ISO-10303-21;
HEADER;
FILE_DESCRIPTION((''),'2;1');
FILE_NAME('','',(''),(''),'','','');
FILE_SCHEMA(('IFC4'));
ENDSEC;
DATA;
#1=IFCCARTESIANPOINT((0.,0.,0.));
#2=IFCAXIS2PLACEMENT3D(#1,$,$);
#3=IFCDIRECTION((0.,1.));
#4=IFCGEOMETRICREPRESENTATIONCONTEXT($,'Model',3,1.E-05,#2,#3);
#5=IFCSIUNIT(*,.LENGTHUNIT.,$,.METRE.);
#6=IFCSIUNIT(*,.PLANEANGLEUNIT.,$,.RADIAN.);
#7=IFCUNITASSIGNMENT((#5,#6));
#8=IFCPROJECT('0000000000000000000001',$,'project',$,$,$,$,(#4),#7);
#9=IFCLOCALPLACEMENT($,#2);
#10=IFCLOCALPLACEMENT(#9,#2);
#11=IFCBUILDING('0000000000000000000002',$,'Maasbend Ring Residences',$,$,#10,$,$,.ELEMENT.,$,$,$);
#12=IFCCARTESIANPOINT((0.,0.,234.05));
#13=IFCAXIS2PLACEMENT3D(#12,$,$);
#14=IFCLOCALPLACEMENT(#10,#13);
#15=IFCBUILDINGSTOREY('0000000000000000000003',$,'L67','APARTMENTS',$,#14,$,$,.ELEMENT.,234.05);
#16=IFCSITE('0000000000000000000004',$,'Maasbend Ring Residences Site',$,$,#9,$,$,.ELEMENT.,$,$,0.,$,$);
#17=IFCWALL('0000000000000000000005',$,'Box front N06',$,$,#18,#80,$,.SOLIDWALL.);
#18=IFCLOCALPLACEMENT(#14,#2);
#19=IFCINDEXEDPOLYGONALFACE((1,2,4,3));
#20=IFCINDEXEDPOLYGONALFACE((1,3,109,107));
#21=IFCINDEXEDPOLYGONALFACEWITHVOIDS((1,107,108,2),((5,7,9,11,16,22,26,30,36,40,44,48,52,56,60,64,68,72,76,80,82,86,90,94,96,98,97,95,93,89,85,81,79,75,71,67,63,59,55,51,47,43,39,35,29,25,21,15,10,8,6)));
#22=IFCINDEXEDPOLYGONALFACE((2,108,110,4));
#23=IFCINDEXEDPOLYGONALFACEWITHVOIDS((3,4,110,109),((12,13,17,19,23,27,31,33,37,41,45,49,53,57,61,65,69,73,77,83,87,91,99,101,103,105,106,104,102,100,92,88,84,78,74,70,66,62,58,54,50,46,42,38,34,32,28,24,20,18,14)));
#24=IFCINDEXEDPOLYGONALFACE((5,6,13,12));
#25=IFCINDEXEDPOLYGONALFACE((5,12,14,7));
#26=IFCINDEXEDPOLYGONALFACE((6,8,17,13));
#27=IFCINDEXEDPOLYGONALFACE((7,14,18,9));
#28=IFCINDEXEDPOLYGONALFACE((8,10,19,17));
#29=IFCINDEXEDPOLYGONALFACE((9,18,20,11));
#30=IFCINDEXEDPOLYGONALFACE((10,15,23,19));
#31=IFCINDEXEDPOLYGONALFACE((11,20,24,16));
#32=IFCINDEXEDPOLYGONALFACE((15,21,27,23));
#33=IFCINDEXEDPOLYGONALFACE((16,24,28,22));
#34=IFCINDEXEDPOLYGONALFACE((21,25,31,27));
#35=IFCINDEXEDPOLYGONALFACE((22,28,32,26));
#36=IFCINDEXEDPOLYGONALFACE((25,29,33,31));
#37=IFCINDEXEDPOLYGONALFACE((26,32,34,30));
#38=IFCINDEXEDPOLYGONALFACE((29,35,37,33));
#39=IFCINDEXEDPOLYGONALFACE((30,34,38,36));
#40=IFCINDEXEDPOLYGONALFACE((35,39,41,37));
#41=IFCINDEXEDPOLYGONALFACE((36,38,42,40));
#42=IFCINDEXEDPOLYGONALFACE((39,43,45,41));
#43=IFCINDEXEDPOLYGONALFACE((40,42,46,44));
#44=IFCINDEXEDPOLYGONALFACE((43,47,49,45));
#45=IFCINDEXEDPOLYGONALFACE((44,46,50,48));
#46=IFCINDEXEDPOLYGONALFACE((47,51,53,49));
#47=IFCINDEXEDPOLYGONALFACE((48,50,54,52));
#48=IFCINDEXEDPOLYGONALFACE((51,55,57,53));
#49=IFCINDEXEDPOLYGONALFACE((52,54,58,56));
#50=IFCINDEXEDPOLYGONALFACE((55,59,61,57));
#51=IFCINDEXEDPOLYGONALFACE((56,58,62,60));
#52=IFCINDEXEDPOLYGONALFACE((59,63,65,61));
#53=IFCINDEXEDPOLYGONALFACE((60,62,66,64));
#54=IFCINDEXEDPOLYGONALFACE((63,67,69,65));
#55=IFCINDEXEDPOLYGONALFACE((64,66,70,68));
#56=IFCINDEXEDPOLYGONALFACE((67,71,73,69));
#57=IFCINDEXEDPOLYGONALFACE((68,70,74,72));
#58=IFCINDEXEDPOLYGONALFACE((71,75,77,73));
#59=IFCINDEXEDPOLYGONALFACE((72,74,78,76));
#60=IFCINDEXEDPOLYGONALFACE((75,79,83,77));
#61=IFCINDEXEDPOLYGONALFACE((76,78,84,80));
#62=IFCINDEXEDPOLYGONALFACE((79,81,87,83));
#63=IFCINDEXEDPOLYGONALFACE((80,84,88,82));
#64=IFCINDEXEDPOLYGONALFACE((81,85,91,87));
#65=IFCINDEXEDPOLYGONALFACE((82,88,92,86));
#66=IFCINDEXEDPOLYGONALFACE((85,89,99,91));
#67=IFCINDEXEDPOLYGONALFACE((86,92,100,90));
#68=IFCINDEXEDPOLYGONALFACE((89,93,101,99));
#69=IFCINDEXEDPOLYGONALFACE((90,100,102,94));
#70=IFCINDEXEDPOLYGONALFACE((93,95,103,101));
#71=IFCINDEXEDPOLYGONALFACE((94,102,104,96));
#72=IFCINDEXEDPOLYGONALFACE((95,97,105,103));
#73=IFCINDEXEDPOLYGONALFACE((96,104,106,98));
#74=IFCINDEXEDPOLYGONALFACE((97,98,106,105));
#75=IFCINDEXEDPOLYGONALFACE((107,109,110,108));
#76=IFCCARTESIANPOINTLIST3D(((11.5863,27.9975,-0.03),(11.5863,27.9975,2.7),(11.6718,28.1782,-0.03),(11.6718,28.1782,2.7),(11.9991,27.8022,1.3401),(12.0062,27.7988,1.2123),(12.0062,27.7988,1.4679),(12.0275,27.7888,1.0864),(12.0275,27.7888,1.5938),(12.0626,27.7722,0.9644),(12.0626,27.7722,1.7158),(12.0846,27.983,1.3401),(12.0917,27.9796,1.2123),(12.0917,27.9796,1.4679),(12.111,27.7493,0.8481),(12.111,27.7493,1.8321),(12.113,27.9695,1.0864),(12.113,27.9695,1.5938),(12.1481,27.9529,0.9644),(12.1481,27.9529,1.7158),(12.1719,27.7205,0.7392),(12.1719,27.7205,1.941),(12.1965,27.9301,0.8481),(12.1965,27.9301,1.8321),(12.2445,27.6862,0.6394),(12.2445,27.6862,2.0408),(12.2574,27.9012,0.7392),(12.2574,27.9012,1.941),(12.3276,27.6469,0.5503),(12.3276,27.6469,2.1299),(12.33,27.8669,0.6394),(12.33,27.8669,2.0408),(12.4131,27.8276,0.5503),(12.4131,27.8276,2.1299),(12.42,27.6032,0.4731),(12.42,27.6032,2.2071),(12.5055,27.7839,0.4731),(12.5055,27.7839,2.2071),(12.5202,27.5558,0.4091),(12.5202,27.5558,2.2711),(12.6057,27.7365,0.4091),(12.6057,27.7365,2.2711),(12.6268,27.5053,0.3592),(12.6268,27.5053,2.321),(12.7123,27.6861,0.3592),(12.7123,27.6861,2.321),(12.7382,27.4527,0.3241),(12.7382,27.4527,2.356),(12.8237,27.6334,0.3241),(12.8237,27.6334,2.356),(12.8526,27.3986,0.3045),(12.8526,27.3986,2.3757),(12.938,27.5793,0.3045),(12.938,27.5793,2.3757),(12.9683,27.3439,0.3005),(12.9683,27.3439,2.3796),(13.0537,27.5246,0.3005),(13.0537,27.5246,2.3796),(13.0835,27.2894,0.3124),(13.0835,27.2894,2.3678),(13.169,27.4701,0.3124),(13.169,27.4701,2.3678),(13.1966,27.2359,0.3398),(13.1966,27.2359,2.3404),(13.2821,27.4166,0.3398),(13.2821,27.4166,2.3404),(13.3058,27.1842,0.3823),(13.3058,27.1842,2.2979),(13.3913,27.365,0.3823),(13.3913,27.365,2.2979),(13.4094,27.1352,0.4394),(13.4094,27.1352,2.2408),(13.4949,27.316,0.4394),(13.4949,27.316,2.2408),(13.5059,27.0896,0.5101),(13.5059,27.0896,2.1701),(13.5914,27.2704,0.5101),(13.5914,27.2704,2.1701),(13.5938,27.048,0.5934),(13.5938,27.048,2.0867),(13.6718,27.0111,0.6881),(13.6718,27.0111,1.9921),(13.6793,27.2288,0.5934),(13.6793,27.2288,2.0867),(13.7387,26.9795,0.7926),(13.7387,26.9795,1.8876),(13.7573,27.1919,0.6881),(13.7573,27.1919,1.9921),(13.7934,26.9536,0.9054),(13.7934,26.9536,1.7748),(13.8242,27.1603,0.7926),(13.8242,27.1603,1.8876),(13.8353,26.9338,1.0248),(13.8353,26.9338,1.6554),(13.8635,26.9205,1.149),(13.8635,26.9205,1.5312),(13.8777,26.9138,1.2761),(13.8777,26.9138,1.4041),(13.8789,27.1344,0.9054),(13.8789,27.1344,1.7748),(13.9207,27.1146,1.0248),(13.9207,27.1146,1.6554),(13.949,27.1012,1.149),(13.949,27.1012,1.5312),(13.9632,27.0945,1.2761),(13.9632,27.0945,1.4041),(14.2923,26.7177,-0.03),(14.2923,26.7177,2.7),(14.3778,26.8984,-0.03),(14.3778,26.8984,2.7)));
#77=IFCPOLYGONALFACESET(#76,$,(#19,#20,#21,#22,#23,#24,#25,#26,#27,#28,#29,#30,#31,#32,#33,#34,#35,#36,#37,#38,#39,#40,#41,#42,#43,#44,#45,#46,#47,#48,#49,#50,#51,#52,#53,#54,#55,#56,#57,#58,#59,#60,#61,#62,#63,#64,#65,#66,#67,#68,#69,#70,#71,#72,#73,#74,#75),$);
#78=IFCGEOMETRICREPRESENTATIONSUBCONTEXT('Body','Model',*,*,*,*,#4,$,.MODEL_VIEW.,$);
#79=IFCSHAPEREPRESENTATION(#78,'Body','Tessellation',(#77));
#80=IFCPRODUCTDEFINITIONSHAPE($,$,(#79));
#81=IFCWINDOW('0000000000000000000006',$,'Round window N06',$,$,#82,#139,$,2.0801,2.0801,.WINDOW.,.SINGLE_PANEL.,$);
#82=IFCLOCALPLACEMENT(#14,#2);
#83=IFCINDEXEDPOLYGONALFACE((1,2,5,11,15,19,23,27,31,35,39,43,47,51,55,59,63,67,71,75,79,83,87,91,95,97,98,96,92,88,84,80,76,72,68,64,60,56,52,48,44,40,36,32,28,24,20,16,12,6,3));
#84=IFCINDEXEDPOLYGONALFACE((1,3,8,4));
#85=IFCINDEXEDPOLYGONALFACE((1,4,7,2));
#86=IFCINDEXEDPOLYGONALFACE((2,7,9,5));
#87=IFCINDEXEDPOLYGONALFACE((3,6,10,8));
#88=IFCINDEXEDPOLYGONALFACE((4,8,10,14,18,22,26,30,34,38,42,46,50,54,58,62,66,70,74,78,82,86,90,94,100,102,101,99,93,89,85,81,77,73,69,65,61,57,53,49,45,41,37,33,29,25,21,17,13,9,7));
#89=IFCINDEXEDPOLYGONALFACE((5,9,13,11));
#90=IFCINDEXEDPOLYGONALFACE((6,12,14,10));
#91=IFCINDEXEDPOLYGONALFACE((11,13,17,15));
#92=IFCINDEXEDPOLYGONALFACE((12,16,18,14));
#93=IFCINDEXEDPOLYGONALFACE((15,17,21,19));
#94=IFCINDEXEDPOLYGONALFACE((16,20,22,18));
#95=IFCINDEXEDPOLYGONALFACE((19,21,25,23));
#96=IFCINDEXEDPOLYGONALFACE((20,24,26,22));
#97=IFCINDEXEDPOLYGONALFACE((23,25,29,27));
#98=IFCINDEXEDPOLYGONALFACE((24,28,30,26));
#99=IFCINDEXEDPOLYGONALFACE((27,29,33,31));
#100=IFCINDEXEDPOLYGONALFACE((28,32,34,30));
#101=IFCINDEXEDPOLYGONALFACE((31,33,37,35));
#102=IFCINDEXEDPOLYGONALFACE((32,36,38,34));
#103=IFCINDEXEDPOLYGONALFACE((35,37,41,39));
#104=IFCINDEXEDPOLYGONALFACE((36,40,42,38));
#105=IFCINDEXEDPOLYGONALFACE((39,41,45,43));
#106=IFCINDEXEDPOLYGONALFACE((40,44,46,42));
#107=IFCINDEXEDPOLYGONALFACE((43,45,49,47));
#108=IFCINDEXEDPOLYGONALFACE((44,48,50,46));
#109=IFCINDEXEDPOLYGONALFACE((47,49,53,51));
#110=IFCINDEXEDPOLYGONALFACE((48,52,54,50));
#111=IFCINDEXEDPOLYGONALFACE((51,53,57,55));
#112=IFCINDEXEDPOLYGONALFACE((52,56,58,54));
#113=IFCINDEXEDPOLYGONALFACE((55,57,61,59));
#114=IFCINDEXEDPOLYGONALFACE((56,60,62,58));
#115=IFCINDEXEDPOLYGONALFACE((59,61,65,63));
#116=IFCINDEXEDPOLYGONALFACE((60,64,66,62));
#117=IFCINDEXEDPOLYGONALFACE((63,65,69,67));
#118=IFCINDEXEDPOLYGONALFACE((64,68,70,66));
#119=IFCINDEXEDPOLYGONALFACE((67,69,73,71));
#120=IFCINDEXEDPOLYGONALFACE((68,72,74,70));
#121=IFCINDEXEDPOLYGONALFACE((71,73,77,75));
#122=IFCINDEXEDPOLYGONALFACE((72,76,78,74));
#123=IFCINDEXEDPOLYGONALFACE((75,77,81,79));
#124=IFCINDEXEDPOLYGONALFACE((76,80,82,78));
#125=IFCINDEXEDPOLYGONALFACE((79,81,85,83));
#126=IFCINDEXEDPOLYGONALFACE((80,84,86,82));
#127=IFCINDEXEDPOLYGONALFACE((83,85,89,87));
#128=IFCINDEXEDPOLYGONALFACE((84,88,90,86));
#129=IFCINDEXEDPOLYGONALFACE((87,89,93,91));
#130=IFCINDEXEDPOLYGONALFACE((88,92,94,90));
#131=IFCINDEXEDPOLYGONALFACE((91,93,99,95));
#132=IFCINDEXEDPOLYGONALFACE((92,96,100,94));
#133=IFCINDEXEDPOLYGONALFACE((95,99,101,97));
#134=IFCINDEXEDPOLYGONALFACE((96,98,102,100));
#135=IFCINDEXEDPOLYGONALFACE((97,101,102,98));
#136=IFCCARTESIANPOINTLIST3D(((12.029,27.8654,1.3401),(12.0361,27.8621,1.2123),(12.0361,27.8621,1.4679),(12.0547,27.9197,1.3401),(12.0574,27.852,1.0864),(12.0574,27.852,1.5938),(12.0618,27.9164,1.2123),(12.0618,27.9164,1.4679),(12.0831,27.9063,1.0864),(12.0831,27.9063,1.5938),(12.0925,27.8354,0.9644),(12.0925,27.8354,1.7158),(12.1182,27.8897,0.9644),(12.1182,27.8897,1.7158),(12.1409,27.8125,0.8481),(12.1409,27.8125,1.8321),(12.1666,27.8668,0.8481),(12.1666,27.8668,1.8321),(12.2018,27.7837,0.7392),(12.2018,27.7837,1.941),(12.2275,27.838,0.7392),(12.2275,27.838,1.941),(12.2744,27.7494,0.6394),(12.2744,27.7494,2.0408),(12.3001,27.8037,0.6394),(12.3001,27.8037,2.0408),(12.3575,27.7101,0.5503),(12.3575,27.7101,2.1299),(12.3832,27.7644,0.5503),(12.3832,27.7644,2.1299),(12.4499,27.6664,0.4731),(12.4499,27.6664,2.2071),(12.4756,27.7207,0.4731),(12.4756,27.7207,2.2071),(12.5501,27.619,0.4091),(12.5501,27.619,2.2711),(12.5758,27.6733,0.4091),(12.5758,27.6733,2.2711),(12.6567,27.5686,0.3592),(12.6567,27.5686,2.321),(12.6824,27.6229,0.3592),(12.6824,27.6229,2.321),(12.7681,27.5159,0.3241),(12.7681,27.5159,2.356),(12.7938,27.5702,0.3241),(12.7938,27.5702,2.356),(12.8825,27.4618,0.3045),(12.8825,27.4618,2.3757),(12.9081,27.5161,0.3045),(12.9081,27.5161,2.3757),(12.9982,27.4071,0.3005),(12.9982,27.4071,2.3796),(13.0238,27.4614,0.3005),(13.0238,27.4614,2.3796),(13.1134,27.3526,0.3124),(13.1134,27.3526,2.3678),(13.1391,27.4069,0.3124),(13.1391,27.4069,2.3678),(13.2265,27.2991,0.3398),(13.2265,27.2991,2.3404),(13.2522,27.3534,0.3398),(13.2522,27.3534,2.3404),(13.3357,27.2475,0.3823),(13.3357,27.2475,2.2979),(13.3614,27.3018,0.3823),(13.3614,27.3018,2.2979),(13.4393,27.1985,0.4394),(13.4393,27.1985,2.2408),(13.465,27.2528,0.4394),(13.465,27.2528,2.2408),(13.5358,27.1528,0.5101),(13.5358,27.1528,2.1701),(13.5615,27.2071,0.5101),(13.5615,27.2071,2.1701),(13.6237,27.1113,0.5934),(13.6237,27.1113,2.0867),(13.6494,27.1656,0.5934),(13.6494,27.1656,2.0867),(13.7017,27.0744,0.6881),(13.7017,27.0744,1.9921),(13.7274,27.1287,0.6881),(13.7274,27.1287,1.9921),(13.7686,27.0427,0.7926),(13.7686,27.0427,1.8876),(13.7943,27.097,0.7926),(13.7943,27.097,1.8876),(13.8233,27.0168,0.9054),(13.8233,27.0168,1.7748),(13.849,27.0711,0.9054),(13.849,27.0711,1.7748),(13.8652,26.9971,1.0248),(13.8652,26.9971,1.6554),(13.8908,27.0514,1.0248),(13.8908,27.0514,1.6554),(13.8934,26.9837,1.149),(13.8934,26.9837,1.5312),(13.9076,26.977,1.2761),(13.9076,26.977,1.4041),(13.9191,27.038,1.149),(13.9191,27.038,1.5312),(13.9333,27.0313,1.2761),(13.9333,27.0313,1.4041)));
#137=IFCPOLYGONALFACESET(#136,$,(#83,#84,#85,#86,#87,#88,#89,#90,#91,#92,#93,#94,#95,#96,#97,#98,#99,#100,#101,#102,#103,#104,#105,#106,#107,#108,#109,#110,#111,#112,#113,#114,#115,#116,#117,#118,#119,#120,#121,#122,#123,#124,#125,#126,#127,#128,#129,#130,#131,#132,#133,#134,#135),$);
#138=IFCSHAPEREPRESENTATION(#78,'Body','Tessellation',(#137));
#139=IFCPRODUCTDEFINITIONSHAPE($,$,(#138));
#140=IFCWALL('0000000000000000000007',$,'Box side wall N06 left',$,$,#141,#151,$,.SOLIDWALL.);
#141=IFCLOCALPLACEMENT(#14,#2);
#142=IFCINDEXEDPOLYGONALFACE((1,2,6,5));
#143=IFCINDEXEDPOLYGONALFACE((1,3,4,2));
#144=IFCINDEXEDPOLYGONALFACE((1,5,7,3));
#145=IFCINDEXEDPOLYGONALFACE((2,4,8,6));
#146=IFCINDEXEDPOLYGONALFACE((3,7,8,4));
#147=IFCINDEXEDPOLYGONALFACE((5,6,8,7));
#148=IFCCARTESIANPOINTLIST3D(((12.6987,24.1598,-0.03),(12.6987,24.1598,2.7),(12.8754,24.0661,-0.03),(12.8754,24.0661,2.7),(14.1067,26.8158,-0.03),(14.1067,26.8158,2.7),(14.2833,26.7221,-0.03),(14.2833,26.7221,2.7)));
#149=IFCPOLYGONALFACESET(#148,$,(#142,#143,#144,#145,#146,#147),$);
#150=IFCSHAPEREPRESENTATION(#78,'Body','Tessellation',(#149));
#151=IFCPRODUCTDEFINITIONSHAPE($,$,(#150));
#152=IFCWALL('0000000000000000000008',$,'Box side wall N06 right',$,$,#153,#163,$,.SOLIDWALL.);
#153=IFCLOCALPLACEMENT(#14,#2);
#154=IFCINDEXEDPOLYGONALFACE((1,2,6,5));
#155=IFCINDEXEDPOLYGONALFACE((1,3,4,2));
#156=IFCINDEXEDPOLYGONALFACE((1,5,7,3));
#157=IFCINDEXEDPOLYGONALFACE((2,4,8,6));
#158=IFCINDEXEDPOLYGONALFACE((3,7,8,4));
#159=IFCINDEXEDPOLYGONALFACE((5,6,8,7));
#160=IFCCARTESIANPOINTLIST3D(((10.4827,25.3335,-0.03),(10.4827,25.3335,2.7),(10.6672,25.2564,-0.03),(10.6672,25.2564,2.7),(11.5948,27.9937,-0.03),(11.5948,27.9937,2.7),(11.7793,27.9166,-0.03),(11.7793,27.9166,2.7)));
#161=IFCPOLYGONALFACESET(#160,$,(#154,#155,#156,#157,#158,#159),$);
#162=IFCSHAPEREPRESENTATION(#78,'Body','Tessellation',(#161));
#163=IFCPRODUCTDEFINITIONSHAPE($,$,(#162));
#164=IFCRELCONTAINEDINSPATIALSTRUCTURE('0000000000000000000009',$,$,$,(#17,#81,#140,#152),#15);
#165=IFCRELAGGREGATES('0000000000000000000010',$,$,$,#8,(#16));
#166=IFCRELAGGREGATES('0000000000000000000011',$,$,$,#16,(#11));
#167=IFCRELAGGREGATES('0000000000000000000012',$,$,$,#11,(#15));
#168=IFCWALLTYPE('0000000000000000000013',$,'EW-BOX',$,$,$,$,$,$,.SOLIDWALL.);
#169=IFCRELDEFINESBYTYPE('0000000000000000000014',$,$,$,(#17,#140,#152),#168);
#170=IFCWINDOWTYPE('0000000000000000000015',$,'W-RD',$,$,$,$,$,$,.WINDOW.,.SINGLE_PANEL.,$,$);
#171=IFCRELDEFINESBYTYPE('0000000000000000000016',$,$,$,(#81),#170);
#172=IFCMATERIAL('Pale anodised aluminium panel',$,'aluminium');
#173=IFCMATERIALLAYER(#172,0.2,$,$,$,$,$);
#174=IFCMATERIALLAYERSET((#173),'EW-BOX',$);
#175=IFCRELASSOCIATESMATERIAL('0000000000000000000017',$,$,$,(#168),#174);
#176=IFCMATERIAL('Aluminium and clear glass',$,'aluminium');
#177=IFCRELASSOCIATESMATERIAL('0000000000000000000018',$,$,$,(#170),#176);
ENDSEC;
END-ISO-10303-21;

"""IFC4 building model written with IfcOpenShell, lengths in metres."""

from ifc_helpers import new_model, si_unit, direction, frame, frame_2d, origin, place, context, subcontext, project, spatial, rectangle, circle, extrude, material, layer, layer_set, type_object, element, fill, save


model = new_model("IFC4")

# Units and contexts
model_context = context("Model", 3, precision=1e-05, world=origin(), true_north=direction((0.0, 1.0)))
body_context = subcontext(model_context, "Body", "Model", "MODEL_VIEW")
ifc_project = project(units=[si_unit("LENGTHUNIT", "METRE"), si_unit("PLANEANGLEUNIT", "RADIAN")], contexts=[model_context])

# Site, building, storey
site_placement = place(None, origin())
site = spatial("IfcSite", under=ifc_project, at=site_placement, Name="Maasbend Ring Residences Site", CompositionType="ELEMENT", RefElevation=0.0)
building_placement = place(site_placement, origin())
building = spatial("IfcBuilding", under=site, at=building_placement, Name="Maasbend Ring Residences", CompositionType="ELEMENT")
storey_placement = place(building_placement, frame((0.0, 0.0, 234.05)))
storey = spatial("IfcBuildingStorey", under=building, at=storey_placement, Name="L67", Description="APARTMENTS", CompositionType="ELEMENT", Elevation=234.05)

# Shared definitions
ifc_material_1 = material(Name="Pale anodised aluminium panel", Category="aluminium")
ifc_layer_1 = layer(ifc_material_1, 0.2)
ifc_layer_set_1 = layer_set([ifc_layer_1], Name="EW-BOX")
wall_type_1 = type_object("IfcWallType", Name="EW-BOX", PredefinedType="SOLIDWALL", material=ifc_layer_set_1)

# Shared definitions
ifc_material_2 = material(Name="Aluminium and clear glass", Category="aluminium")
window_type_1 = type_object("IfcWindowType", Name="W-RD", PartitioningType="SINGLE_PANEL", PredefinedType="WINDOW", material=ifc_material_2)

# Wall, opening, window
wall_1_placement = place(storey_placement, frame((14.335, 26.8081, -0.03), z_axis=(0.0, 0.0, 1.0), x_axis=(-0.904, 0.427532, 0.0)))
wall_1 = element("IfcWall", 1, at=wall_1_placement, inside=storey, type_object=wall_type_1, Name="Box front N06", PredefinedType="SOLIDWALL", context=body_context, shape_type="SweptSolid", body=[
    extrude(rectangle(XDim=2.9934, YDim=0.2, at=frame_2d((1.4966, 0.0))), origin(), (0.0, 0.0, 1.0), 2.73),
])
opening_1_placement = place(wall_1_placement, frame((0.4565, 0.0, 0.3301)))
opening_1 = element("IfcOpeningElement", 2, at=opening_1_placement, cuts=wall_1, PredefinedType="OPENING", context=body_context, shape_type="SweptSolid", body=[
    extrude(circle(Radius=1.04, at=frame_2d((1.04, 1.04))), frame((0.0, 0.1099, 0.0), z_axis=(0.0, -1.0, 0.0), x_axis=(1.0, 0.0, 0.0)), (0.0, 0.0, 1.0), 0.22),
])
window_1_placement = place(opening_1_placement, origin())
window_1 = element("IfcWindow", 3, at=window_1_placement, inside=storey, type_object=window_type_1, Name="Round window N06", OverallHeight=2.0801, OverallWidth=2.0801, PartitioningType="SINGLE_PANEL", PredefinedType="WINDOW", context=body_context, shape_type="SweptSolid", body=[
    extrude(circle(Radius=1.04, at=frame_2d((1.04, 1.04))), frame((0.0, 0.03, 0.0), z_axis=(0.0, -1.0, 0.0), x_axis=(1.0, 0.0, 0.0)), (0.0, 0.0, 1.0), 0.0601),
])
fill(opening_1, window_1)

# Walls
wall_2_placement = place(storey_placement, frame((12.7871, 24.113, -0.03), z_axis=(0.0, 0.0, 1.0), x_axis=(0.468365, 0.883535, 0.0)))
element("IfcWall", 4, at=wall_2_placement, inside=storey, type_object=wall_type_1, Name="Box side wall N06 left", PredefinedType="SOLIDWALL", context=body_context, shape_type="SweptSolid", body=[
    extrude(rectangle(XDim=3.0061, YDim=0.2, at=frame_2d((1.5029, 0.0))), origin(), (0.0, 0.0, 1.0), 2.73),
])
wall_3_placement = place(storey_placement, frame((10.575, 25.2949, -0.03), z_axis=(0.0, 0.0, 1.0), x_axis=(0.385697, 0.922625, 0.0)))
element("IfcWall", 5, at=wall_3_placement, inside=storey, type_object=wall_type_1, Name="Box side wall N06 right", PredefinedType="SOLIDWALL", context=body_context, shape_type="SweptSolid", body=[
    extrude(rectangle(XDim=2.8833, YDim=0.2, at=frame_2d((1.4417, 0.0))), origin(), (0.0, 0.0, 1.0), 2.73),
])

save(model, "model.ifc")
